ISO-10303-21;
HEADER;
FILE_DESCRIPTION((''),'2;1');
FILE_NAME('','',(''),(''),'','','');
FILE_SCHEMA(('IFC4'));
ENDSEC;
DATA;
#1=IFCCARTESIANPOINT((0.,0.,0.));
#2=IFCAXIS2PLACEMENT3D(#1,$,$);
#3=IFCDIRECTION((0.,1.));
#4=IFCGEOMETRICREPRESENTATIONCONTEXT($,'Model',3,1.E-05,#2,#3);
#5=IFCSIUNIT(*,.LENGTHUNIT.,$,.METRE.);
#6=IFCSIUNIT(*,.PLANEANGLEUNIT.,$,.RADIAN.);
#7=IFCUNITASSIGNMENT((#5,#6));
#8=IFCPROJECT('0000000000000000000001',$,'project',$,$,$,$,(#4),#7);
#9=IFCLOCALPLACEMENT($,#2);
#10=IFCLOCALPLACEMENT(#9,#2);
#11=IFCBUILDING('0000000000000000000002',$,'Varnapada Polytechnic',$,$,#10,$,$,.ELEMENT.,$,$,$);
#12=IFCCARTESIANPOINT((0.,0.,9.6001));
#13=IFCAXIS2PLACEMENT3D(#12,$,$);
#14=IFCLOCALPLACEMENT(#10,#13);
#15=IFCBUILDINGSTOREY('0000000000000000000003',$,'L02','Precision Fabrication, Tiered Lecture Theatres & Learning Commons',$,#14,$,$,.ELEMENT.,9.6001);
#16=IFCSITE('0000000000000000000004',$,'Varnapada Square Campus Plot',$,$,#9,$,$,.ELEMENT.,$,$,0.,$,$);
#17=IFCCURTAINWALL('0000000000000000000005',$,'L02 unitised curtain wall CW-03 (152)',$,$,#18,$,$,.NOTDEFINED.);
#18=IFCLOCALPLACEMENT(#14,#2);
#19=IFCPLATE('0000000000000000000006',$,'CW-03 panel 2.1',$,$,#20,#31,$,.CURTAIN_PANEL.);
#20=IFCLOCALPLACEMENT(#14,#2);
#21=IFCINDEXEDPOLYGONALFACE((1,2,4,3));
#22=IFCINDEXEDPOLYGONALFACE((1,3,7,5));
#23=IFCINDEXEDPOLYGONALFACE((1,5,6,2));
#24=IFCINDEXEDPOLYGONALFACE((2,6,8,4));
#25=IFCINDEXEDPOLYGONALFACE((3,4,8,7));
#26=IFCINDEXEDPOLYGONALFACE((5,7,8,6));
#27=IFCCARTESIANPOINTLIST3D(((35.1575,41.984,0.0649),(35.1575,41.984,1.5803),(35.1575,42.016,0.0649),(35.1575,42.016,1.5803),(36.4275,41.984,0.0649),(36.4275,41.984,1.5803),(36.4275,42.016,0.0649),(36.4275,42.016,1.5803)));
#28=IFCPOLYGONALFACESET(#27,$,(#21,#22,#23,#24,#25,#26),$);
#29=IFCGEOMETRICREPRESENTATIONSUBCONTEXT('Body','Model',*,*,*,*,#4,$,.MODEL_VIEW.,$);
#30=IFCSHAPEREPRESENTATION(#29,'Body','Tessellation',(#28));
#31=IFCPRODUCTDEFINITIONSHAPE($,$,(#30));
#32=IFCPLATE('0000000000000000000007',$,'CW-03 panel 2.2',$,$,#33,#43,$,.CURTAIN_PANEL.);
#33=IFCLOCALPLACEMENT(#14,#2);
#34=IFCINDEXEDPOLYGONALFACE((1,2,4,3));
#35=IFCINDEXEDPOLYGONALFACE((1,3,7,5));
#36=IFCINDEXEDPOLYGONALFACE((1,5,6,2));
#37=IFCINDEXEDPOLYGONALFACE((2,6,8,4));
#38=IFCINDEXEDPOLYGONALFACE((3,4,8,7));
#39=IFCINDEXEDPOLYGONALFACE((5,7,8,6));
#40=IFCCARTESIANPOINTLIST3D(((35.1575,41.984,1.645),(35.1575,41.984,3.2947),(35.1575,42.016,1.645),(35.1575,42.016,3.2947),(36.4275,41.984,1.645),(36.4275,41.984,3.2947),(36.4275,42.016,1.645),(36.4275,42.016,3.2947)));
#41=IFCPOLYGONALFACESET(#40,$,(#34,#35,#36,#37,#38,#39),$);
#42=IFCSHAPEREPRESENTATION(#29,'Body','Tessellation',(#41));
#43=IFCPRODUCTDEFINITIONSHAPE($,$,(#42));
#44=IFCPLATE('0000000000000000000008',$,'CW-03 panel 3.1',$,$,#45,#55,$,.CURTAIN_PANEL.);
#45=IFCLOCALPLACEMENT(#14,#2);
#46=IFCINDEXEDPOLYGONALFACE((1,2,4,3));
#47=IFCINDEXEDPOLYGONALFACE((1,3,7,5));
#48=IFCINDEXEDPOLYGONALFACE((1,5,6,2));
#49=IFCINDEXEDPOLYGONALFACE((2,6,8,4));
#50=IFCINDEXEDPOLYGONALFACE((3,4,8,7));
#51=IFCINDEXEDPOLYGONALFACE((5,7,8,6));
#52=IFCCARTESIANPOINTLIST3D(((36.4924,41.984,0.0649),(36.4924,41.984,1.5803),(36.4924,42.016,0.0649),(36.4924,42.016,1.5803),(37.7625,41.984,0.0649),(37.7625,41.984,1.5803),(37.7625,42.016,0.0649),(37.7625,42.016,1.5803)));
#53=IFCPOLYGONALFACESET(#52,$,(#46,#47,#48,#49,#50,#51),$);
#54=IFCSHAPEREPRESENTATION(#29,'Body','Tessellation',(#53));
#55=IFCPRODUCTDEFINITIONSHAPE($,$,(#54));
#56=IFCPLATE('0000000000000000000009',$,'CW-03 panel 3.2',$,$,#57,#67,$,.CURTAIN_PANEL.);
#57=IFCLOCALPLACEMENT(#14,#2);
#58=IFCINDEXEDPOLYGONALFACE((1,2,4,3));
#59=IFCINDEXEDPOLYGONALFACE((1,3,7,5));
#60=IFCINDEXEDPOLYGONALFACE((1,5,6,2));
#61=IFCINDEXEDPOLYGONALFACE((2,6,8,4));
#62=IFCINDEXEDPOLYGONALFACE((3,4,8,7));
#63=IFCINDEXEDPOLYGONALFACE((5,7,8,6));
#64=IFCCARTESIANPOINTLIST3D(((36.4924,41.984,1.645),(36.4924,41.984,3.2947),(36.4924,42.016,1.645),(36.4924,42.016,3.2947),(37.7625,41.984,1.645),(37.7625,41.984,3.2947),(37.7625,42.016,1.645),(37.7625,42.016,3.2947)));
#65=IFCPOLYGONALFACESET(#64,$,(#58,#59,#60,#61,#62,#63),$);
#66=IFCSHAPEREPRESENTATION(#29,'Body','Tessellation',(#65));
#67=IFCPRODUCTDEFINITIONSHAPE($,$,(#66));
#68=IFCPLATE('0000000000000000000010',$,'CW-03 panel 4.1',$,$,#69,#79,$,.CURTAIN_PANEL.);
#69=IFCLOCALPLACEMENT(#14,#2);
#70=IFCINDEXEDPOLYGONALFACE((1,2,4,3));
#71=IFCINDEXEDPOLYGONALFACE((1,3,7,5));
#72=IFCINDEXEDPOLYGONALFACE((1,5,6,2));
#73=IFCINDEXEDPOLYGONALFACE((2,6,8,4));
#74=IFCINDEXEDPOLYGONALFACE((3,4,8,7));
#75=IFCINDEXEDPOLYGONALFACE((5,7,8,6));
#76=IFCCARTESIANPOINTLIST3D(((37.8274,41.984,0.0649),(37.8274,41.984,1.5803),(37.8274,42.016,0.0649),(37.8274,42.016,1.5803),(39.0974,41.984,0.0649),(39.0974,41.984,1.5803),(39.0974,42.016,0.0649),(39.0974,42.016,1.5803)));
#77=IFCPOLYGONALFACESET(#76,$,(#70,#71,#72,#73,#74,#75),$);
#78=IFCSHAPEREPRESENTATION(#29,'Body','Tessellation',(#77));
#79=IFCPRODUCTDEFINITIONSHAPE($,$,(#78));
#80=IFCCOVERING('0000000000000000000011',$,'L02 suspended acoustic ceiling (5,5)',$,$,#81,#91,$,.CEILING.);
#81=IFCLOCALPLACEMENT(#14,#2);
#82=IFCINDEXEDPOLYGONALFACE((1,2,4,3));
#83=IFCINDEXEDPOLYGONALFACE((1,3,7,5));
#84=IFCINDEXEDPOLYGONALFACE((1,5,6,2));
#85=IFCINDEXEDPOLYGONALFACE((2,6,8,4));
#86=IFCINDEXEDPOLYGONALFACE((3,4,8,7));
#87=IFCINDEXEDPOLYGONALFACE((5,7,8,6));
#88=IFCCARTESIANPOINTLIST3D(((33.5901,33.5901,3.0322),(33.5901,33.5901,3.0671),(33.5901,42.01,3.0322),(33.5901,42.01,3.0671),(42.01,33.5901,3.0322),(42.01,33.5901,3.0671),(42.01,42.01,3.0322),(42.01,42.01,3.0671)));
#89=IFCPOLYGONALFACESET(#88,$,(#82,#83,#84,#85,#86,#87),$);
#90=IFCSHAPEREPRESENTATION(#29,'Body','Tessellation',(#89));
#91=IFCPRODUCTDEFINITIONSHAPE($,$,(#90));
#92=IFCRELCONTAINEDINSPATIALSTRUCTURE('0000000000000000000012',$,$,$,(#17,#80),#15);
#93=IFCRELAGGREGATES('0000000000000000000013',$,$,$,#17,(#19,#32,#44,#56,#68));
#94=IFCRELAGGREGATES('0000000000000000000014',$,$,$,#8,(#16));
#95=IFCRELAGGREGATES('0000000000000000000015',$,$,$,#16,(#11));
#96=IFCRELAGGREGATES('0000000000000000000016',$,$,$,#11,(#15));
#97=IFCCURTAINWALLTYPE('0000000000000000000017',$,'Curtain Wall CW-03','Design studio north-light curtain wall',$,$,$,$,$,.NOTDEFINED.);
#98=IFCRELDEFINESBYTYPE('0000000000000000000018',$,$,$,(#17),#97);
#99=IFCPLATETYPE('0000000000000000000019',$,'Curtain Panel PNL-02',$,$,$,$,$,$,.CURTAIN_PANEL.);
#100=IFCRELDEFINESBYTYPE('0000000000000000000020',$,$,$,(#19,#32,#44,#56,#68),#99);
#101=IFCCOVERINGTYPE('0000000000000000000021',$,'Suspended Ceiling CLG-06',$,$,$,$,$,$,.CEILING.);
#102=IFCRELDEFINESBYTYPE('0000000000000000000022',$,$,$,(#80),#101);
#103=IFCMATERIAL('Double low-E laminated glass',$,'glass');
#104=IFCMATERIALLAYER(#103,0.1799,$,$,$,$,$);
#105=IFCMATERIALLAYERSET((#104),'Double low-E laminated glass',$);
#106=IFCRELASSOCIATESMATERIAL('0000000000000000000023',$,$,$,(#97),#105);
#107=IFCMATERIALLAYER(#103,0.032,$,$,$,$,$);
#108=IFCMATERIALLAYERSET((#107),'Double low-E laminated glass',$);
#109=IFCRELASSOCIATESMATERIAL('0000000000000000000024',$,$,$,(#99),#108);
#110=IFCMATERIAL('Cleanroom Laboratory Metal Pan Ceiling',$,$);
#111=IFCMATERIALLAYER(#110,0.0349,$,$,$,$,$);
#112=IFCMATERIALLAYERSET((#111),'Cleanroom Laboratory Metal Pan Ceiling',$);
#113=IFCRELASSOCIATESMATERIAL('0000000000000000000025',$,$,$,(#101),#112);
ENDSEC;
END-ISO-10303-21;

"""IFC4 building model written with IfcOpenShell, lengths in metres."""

from ifc_helpers import new_model, si_unit, direction, frame, origin, origin_2d, place, context, subcontext, project, spatial, rectangle, extrude, material, layer, layer_set, type_object, element, aggregate, save


model = new_model("IFC4")

# Units and contexts
model_context = context("Model", 3, precision=1e-05, world=origin(), true_north=direction((0.0, 1.0)))
body_context = subcontext(model_context, "Body", "Model", "MODEL_VIEW")
ifc_project = project(units=[si_unit("LENGTHUNIT", "METRE"), si_unit("PLANEANGLEUNIT", "RADIAN")], contexts=[model_context])

# Site, building, storey
site_placement = place(None, origin())
site = spatial("IfcSite", under=ifc_project, at=site_placement, Name="Varnapada Square Campus Plot", CompositionType="ELEMENT", RefElevation=0.0)
building_placement = place(site_placement, origin())
building = spatial("IfcBuilding", under=site, at=building_placement, Name="Varnapada Polytechnic", CompositionType="ELEMENT")
storey_placement = place(building_placement, frame((0.0, 0.0, 9.6001)))
storey = spatial("IfcBuildingStorey", under=building, at=storey_placement, Name="L02", Description="Precision Fabrication, Tiered Lecture Theatres & Learning Commons", CompositionType="ELEMENT", Elevation=9.6001)

# Curtain wall, plates
ifc_material_1 = material(Name="Double low-E laminated glass", Category="glass")
ifc_layer_1 = layer(ifc_material_1, 0.1799)
ifc_layer_set_1 = layer_set([ifc_layer_1], Name="Double low-E laminated glass")
curtain_wall_type = type_object("IfcCurtainWallType", Name="Curtain Wall CW-03", Description="Design studio north-light curtain wall", PredefinedType="NOTDEFINED", material=ifc_layer_set_1)
curtain_wall_placement = place(storey_placement, origin())
curtain_wall = element("IfcCurtainWall", 1, at=curtain_wall_placement, inside=storey, type_object=curtain_wall_type, Name="L02 unitised curtain wall CW-03 (152)", PredefinedType="NOTDEFINED")
ifc_layer_2 = layer(ifc_material_1, 0.032)
ifc_layer_set_2 = layer_set([ifc_layer_2], Name="Double low-E laminated glass")
plate_type = type_object("IfcPlateType", Name="Curtain Panel PNL-02", PredefinedType="CURTAIN_PANEL", material=ifc_layer_set_2)
plate_1_placement = place(storey_placement, frame((35.7925, 42.0, 0.0649), z_axis=(0.0, 0.0, 1.0), x_axis=(1.0, 0.0, 0.0)))
plate_1 = element("IfcPlate", 2, at=plate_1_placement, type_object=plate_type, Name="CW-03 panel 2.1", PredefinedType="CURTAIN_PANEL", context=body_context, shape_type="SweptSolid", body=[
    extrude(rectangle(XDim=1.27, YDim=0.032, at=origin_2d()), origin(), (0.0, 0.0, 1.0), 1.5154),
])
plate_2_placement = place(storey_placement, frame((35.7925, 42.0, 1.645), z_axis=(0.0, 0.0, 1.0), x_axis=(1.0, 0.0, 0.0)))
plate_2 = element("IfcPlate", 3, at=plate_2_placement, type_object=plate_type, Name="CW-03 panel 2.2", PredefinedType="CURTAIN_PANEL", context=body_context, shape_type="SweptSolid", body=[
    extrude(rectangle(XDim=1.27, YDim=0.032, at=origin_2d()), origin(), (0.0, 0.0, 1.0), 1.6497),
])
plate_3_placement = place(storey_placement, frame((37.1274, 42.0, 0.0649), z_axis=(0.0, 0.0, 1.0), x_axis=(1.0, 0.0, 0.0)))
plate_3 = element("IfcPlate", 4, at=plate_3_placement, type_object=plate_type, Name="CW-03 panel 3.1", PredefinedType="CURTAIN_PANEL", context=body_context, shape_type="SweptSolid", body=[
    extrude(rectangle(XDim=1.27, YDim=0.032, at=origin_2d()), origin(), (0.0, 0.0, 1.0), 1.5154),
])
plate_4_placement = place(storey_placement, frame((37.1274, 42.0, 1.645), z_axis=(0.0, 0.0, 1.0), x_axis=(1.0, 0.0, 0.0)))
plate_4 = element("IfcPlate", 5, at=plate_4_placement, type_object=plate_type, Name="CW-03 panel 3.2", PredefinedType="CURTAIN_PANEL", context=body_context, shape_type="SweptSolid", body=[
    extrude(rectangle(XDim=1.27, YDim=0.032, at=origin_2d()), origin(), (0.0, 0.0, 1.0), 1.6497),
])
plate_5_placement = place(storey_placement, frame((38.4624, 42.0, 0.0649), z_axis=(0.0, 0.0, 1.0), x_axis=(1.0, 0.0, 0.0)))
plate_5 = element("IfcPlate", 6, at=plate_5_placement, type_object=plate_type, Name="CW-03 panel 4.1", PredefinedType="CURTAIN_PANEL", context=body_context, shape_type="SweptSolid", body=[
    extrude(rectangle(XDim=1.27, YDim=0.032, at=origin_2d()), origin(), (0.0, 0.0, 1.0), 1.5154),
])
aggregate(curtain_wall, [plate_1, plate_2, plate_3, plate_4, plate_5])

# Covering
ifc_material_2 = material(Name="Cleanroom Laboratory Metal Pan Ceiling")
ifc_layer_3 = layer(ifc_material_2, 0.0349)
ifc_layer_set_3 = layer_set([ifc_layer_3], Name="Cleanroom Laboratory Metal Pan Ceiling")
covering_type = type_object("IfcCoveringType", Name="Suspended Ceiling CLG-06", PredefinedType="CEILING", material=ifc_layer_set_3)
covering_placement = place(storey_placement, frame((37.8, 37.8, 3.0322), z_axis=(0.0, 0.0, 1.0), x_axis=(1.0, 0.0, 0.0)))
element("IfcCovering", 7, at=covering_placement, inside=storey, type_object=covering_type, Name="L02 suspended acoustic ceiling (5,5)", PredefinedType="CEILING", context=body_context, shape_type="SweptSolid", body=[
    extrude(rectangle(XDim=8.4199, YDim=8.4199, at=origin_2d()), origin(), (0.0, 0.0, 1.0), 0.0349),
])

save(model, "model.ifc")
